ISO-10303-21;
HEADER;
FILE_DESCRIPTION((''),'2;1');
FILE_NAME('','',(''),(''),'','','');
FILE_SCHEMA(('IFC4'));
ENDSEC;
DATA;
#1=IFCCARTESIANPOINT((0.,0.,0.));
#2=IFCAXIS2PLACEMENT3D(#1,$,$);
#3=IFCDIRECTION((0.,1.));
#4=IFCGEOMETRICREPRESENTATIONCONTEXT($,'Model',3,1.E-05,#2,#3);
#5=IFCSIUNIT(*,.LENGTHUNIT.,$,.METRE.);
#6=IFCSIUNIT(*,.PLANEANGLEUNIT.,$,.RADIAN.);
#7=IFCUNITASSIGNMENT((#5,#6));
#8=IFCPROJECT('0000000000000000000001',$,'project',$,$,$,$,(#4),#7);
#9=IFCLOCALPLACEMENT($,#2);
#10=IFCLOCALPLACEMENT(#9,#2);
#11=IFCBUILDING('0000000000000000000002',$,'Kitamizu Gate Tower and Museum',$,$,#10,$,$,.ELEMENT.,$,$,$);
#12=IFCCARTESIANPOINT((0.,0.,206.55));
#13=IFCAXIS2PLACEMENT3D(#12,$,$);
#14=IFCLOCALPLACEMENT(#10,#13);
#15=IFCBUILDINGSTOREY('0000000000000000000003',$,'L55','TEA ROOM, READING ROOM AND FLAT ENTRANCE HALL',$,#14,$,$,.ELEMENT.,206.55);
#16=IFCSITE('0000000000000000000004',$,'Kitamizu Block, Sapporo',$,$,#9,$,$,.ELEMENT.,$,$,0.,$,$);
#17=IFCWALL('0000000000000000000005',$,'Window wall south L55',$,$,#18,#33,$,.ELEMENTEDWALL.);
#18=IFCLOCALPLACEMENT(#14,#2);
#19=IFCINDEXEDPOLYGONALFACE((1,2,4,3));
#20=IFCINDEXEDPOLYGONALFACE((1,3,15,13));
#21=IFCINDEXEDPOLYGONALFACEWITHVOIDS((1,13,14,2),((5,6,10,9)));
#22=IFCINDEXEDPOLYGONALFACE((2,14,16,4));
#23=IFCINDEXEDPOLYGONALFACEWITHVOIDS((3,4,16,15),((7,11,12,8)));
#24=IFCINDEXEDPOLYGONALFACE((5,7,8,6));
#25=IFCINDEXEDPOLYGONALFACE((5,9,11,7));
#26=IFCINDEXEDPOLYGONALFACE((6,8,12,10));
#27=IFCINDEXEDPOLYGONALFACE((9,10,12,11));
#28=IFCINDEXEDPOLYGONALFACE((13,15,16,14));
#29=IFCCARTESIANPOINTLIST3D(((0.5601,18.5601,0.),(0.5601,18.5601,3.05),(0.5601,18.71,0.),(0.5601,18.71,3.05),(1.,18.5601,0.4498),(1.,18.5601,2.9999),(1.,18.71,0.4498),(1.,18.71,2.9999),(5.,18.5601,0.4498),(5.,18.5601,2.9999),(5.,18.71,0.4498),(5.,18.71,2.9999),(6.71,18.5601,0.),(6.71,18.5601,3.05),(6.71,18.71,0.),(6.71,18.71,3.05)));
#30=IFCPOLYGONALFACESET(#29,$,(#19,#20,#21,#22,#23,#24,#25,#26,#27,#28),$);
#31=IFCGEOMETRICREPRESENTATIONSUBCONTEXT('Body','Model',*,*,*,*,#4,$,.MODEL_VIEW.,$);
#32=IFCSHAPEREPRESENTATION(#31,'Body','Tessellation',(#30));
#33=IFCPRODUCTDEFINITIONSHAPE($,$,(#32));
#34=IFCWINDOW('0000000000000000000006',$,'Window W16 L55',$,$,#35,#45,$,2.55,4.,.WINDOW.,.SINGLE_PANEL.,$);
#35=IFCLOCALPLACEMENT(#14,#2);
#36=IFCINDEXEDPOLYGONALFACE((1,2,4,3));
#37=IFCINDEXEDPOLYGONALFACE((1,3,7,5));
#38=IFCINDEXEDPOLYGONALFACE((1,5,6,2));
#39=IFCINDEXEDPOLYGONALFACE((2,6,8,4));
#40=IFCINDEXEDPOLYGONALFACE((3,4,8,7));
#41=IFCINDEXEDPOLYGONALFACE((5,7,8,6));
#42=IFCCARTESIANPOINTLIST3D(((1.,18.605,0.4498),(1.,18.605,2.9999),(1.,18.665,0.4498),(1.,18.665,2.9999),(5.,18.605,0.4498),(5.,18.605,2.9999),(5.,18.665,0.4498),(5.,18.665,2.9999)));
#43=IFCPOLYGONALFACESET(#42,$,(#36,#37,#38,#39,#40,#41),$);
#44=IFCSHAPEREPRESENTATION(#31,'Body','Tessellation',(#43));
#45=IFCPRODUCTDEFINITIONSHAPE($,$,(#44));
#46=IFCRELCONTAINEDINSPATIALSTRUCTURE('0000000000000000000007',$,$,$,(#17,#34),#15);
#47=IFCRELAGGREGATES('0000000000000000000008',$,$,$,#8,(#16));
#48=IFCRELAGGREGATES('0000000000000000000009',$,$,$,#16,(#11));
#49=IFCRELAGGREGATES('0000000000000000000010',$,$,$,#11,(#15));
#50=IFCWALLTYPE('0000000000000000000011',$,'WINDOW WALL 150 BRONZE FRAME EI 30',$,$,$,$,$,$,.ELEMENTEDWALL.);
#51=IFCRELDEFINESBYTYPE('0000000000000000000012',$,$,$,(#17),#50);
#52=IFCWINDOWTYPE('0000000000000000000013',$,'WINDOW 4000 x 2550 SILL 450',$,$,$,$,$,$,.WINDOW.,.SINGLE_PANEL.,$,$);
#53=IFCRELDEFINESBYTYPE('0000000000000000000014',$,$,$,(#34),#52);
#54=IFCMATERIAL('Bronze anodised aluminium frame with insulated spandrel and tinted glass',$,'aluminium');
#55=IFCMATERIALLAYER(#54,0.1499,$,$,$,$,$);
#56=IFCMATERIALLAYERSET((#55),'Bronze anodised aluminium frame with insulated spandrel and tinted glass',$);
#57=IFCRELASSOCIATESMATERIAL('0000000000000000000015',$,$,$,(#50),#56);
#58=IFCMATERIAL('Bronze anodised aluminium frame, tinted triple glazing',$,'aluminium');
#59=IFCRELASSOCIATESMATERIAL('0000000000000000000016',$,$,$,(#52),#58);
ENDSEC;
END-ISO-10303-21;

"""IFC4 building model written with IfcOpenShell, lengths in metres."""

from ifc_helpers import new_model, si_unit, direction, frame, frame_2d, origin, place, context, subcontext, project, spatial, rectangle, extrude, material, layer, layer_set, type_object, element, fill, save


model = new_model("IFC4")

# Units and contexts
model_context = context("Model", 3, precision=1e-05, world=origin(), true_north=direction((0.0, 1.0)))
body_context = subcontext(model_context, "Body", "Model", "MODEL_VIEW")
ifc_project = project(units=[si_unit("LENGTHUNIT", "METRE"), si_unit("PLANEANGLEUNIT", "RADIAN")], contexts=[model_context])

# Site, building, storey
site_placement = place(None, origin())
site = spatial("IfcSite", under=ifc_project, at=site_placement, Name="Kitamizu Block, Sapporo", CompositionType="ELEMENT", RefElevation=0.0)
building_placement = place(site_placement, origin())
building = spatial("IfcBuilding", under=site, at=building_placement, Name="Kitamizu Gate Tower and Museum", CompositionType="ELEMENT")
storey_placement = place(building_placement, frame((0.0, 0.0, 206.55)))
storey = spatial("IfcBuildingStorey", under=building, at=storey_placement, Name="L55", Description="TEA ROOM, READING ROOM AND FLAT ENTRANCE HALL", CompositionType="ELEMENT", Elevation=206.55)

# Shared definitions
ifc_material_1 = material(Name="Bronze anodised aluminium frame with insulated spandrel and tinted glass", Category="aluminium")
ifc_layer_1 = layer(ifc_material_1, 0.1499)
ifc_layer_set_1 = layer_set([ifc_layer_1], Name="Bronze anodised aluminium frame with insulated spandrel and tinted glass")
wall_type_1 = type_object("IfcWallType", Name="WINDOW WALL 150 BRONZE FRAME EI 30", PredefinedType="ELEMENTEDWALL", material=ifc_layer_set_1)

# Wall, opening, window
wall_1_placement = place(storey_placement, frame((0.5601, 18.635, 0.0), z_axis=(0.0, 0.0, 1.0), x_axis=(1.0, 0.0, 0.0)))
wall_1 = element("IfcWall", 1, at=wall_1_placement, inside=storey, type_object=wall_type_1, Name="Window wall south L55", PredefinedType="ELEMENTEDWALL", context=body_context, shape_type="SweptSolid", body=[
    extrude(rectangle(XDim=6.1499, YDim=0.1499, at=frame_2d((3.075, 0.0))), origin(), (0.0, 0.0, 1.0), 3.05),
])
opening_1_placement = place(wall_1_placement, frame((0.4399, 0.0, 0.45)))
opening_1 = element("IfcOpeningElement", 2, at=opening_1_placement, cuts=wall_1, PredefinedType="OPENING", context=body_context, shape_type="SweptSolid", body=[
    extrude(rectangle(XDim=4.0, YDim=2.55, at=frame_2d((2.0, 1.2749))), frame((0.0, 0.085, 0.0), z_axis=(0.0, -1.0, 0.0), x_axis=(1.0, 0.0, 0.0)), (0.0, 0.0, 1.0), 0.1699),
])
ifc_material_2 = material(Name="Bronze anodised aluminium frame, tinted triple glazing", Category="aluminium")
window_type_1 = type_object("IfcWindowType", Name="WINDOW 4000 x 2550 SILL 450", PartitioningType="SINGLE_PANEL", PredefinedType="WINDOW", material=ifc_material_2)
window_1_placement = place(opening_1_placement, origin())
window_1 = element("IfcWindow", 3, at=window_1_placement, inside=storey, type_object=window_type_1, Name="Window W16 L55", OverallHeight=2.55, OverallWidth=4.0, PartitioningType="SINGLE_PANEL", PredefinedType="WINDOW", context=body_context, shape_type="SweptSolid", body=[
    extrude(rectangle(XDim=4.0, YDim=2.55, at=frame_2d((2.0, 1.2749))), frame((0.0, 0.03, 0.0), z_axis=(0.0, -1.0, 0.0), x_axis=(1.0, 0.0, 0.0)), (0.0, 0.0, 1.0), 0.0601),
])
fill(opening_1, window_1)

save(model, "model.ifc")
